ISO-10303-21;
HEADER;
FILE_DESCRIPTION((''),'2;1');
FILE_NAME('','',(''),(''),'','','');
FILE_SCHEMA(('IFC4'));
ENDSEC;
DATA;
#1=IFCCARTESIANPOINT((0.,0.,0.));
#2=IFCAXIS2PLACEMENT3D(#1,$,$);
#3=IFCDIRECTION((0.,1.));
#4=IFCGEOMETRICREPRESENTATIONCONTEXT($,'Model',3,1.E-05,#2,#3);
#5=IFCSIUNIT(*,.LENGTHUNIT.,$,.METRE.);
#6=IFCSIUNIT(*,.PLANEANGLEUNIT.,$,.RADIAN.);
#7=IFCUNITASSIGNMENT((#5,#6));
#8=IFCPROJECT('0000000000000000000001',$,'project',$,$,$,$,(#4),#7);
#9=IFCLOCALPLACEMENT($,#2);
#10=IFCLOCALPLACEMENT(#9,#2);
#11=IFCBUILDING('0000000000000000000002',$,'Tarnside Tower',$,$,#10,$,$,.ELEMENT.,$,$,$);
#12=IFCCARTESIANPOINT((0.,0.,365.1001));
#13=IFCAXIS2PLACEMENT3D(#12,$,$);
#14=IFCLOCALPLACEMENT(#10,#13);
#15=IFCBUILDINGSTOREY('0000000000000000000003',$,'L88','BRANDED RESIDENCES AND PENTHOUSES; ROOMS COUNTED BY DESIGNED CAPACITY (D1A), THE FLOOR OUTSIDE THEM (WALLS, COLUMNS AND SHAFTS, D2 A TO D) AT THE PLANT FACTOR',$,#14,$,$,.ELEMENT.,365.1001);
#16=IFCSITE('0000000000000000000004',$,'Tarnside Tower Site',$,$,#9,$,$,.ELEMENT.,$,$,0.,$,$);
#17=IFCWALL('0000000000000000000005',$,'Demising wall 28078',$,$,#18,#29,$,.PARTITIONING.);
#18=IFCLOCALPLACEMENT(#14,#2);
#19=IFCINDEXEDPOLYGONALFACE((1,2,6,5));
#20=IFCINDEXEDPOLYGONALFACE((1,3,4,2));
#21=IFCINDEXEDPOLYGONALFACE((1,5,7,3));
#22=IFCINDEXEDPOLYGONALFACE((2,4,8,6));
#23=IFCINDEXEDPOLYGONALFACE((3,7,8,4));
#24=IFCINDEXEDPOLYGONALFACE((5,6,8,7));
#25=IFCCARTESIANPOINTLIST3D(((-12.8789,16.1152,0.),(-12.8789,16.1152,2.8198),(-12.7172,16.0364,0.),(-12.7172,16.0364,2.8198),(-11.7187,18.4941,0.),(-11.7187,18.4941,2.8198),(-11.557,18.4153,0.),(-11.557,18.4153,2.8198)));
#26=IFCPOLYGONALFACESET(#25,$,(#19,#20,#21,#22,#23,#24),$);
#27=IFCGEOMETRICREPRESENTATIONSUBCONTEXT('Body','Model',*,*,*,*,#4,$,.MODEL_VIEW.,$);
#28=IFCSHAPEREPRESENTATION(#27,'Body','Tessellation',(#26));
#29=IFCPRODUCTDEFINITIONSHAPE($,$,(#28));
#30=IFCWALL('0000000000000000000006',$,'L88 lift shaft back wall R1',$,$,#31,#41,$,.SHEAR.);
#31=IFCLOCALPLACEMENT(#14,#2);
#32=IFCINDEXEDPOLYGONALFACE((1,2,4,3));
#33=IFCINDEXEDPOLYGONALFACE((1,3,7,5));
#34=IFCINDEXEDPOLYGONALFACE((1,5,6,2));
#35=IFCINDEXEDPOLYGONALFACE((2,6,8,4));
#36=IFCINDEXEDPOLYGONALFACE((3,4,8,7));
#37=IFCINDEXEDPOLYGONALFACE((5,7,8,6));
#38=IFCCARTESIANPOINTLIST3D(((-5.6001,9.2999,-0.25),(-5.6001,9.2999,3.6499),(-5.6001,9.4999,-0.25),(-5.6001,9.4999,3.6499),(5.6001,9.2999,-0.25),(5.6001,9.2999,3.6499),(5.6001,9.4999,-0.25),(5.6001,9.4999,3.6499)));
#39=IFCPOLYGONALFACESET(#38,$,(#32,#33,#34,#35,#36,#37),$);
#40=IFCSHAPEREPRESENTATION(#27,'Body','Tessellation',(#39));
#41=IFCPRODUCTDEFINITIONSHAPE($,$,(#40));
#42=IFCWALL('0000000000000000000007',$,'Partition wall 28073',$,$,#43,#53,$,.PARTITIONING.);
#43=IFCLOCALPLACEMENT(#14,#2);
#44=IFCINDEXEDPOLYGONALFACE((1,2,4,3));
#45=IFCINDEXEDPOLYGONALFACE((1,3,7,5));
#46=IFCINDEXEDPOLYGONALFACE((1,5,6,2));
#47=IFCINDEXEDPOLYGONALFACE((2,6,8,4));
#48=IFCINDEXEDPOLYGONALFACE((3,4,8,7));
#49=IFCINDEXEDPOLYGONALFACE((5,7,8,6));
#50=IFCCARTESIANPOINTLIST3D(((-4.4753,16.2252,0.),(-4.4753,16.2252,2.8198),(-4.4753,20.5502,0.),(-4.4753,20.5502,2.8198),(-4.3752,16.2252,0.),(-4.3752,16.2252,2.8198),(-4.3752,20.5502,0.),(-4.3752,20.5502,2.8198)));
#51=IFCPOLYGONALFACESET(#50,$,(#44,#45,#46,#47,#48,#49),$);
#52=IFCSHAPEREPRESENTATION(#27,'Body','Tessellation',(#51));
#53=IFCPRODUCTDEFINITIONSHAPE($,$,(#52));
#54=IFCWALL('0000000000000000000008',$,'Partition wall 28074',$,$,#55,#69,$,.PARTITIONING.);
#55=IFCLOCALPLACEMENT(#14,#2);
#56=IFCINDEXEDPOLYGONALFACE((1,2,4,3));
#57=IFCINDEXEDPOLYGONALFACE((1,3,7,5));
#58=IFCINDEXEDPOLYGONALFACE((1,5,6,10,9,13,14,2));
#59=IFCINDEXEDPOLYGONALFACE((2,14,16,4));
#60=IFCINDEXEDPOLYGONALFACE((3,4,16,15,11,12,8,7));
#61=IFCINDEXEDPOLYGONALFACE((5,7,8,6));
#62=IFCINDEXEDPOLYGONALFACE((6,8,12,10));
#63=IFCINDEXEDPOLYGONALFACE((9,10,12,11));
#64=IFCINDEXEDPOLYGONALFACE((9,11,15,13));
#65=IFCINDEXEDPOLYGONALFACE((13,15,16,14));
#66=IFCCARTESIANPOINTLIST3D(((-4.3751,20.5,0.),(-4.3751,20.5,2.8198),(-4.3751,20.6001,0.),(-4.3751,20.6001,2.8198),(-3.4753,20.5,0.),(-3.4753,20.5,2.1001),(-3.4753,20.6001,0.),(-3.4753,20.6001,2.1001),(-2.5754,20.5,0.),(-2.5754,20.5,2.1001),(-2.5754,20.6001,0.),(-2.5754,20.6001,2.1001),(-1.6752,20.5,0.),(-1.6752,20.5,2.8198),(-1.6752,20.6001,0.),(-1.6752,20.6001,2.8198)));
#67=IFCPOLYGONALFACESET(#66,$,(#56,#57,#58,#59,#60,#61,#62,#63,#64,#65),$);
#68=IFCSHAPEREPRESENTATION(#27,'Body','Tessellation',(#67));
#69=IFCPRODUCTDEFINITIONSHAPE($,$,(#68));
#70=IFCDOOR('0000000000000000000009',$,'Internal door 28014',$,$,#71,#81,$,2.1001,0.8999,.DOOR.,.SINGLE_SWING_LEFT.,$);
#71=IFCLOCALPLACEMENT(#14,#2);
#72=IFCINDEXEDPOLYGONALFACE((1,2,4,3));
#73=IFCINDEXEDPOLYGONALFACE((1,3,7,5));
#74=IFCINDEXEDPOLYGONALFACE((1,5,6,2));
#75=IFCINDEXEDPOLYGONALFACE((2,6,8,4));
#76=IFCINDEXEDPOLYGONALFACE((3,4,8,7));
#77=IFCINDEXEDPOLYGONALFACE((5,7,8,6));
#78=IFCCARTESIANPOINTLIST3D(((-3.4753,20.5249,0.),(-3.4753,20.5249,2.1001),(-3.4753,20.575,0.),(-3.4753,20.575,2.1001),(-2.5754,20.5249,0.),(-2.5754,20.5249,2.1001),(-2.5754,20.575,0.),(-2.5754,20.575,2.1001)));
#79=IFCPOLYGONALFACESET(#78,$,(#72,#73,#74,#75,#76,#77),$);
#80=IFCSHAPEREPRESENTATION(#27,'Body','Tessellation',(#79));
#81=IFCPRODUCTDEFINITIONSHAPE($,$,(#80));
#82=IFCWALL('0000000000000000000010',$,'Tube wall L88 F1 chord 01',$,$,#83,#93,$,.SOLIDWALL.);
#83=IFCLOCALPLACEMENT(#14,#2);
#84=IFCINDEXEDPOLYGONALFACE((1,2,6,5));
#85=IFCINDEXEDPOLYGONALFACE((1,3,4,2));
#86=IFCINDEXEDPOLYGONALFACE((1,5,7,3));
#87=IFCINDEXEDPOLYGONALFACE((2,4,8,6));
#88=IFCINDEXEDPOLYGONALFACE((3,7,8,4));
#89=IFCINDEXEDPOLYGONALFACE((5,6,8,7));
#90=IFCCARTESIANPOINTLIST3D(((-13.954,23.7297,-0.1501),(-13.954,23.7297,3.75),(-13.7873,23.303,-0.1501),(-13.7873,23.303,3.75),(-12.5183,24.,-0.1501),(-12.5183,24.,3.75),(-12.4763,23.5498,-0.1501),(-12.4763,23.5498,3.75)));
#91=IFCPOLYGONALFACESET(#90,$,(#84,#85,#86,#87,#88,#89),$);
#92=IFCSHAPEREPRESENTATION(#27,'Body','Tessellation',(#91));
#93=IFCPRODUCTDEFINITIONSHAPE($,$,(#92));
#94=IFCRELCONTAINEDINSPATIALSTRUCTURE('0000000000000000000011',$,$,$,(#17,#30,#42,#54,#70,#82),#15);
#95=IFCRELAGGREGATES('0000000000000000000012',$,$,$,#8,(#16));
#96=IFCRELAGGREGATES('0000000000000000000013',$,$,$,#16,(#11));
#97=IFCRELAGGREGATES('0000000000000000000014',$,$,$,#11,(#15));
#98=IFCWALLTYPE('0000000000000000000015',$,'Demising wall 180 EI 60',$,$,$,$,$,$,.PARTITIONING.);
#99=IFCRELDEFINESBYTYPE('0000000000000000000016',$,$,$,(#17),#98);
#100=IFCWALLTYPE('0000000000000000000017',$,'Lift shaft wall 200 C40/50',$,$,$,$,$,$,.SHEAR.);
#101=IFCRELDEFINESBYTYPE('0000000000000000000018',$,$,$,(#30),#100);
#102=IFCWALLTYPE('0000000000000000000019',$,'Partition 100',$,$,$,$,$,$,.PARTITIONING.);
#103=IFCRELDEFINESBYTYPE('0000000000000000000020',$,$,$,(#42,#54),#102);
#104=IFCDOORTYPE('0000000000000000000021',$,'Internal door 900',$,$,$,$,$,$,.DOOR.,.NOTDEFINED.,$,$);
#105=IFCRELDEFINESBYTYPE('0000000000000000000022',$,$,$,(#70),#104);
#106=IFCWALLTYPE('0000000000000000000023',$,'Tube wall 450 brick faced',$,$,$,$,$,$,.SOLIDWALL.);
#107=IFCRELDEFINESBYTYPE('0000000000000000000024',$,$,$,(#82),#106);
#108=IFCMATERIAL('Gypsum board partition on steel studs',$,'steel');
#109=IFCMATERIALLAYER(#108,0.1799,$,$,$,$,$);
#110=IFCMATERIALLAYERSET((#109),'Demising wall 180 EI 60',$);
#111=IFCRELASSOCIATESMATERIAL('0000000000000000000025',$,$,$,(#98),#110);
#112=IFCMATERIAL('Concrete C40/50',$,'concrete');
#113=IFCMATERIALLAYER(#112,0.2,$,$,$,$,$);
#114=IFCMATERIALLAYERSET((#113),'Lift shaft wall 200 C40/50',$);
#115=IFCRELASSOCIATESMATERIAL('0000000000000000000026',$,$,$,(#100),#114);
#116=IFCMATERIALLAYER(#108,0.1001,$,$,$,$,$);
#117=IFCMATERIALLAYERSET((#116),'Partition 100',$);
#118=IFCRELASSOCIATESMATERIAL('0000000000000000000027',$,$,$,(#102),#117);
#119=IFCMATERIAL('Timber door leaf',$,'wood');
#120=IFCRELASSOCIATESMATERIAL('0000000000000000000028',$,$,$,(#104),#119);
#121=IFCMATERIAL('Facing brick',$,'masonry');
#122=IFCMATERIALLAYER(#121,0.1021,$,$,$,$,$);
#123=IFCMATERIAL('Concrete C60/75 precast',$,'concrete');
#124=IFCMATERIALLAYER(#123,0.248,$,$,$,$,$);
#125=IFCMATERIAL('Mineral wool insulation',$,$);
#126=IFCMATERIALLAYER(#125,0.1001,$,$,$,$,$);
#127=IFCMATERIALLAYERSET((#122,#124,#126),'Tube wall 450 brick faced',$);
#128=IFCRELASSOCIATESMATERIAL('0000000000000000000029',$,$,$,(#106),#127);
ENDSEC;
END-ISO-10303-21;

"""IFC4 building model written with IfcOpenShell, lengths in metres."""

from ifc_helpers import new_model, si_unit, direction, frame, frame_2d, origin, place, context, subcontext, project, spatial, polyline, rectangle, outline, extrude, material, layer, layer_set, type_object, element, fill, save


model = new_model("IFC4")

# Units and contexts
model_context = context("Model", 3, precision=1e-05, world=origin(), true_north=direction((0.0, 1.0)))
body_context = subcontext(model_context, "Body", "Model", "MODEL_VIEW")
ifc_project = project(units=[si_unit("LENGTHUNIT", "METRE"), si_unit("PLANEANGLEUNIT", "RADIAN")], contexts=[model_context])

# Site, building, storey
site_placement = place(None, origin())
site = spatial("IfcSite", under=ifc_project, at=site_placement, Name="Tarnside Tower Site", CompositionType="ELEMENT", RefElevation=0.0)
building_placement = place(site_placement, origin())
building = spatial("IfcBuilding", under=site, at=building_placement, Name="Tarnside Tower", CompositionType="ELEMENT")
storey_placement = place(building_placement, frame((0.0, 0.0, 365.1001)))
storey = spatial("IfcBuildingStorey", under=building, at=storey_placement, Name="L88", Description="BRANDED RESIDENCES AND PENTHOUSES; ROOMS COUNTED BY DESIGNED CAPACITY (D1A), THE FLOOR OUTSIDE THEM (WALLS, COLUMNS AND SHAFTS, D2 A TO D) AT THE PLANT FACTOR", CompositionType="ELEMENT", Elevation=365.1001)

# Shared definitions
ifc_material_1 = material(Name="Gypsum board partition on steel studs", Category="steel")

# Shared definitions
ifc_material_2 = material(Name="Timber door leaf", Category="wood")

# Walls
ifc_layer_1 = layer(ifc_material_1, 0.1799)
ifc_layer_set_1 = layer_set([ifc_layer_1], Name="Demising wall 180 EI 60")
wall_type_1 = type_object("IfcWallType", Name="Demising wall 180 EI 60", PredefinedType="PARTITIONING", material=ifc_layer_set_1)
wall_1_placement = place(storey_placement, frame((-11.6379, 18.4546, 0.0), z_axis=(0.0, 0.0, 1.0), x_axis=(-0.438336, -0.898811, 0.0)))
element("IfcWall", 1, at=wall_1_placement, inside=storey, type_object=wall_type_1, Name="Demising wall 28078", PredefinedType="PARTITIONING", context=body_context, shape_type="SweptSolid", body=[
    extrude(rectangle(XDim=2.6467, YDim=0.1799, at=frame_2d((1.3232, 0.0))), origin(), (0.0, 0.0, 1.0), 2.8198),
])
ifc_material_3 = material(Name="Concrete C40/50", Category="concrete")
ifc_layer_2 = layer(ifc_material_3, 0.2)
ifc_layer_set_2 = layer_set([ifc_layer_2], Name="Lift shaft wall 200 C40/50")
wall_type_2 = type_object("IfcWallType", Name="Lift shaft wall 200 C40/50", PredefinedType="SHEAR", material=ifc_layer_set_2)
wall_2_placement = place(storey_placement, frame((-5.6001, 9.3999, -0.25), z_axis=(0.0, 0.0, 1.0), x_axis=(1.0, 0.0, 0.0)))
element("IfcWall", 2, at=wall_2_placement, inside=storey, type_object=wall_type_2, Name="L88 lift shaft back wall R1", PredefinedType="SHEAR", context=body_context, shape_type="SweptSolid", body=[
    extrude(rectangle(XDim=11.2002, YDim=0.2, at=frame_2d((5.6001, 0.0))), origin(), (0.0, 0.0, 1.0), 3.8999),
])
ifc_layer_3 = layer(ifc_material_1, 0.1001)
ifc_layer_set_3 = layer_set([ifc_layer_3], Name="Partition 100")
wall_type_3 = type_object("IfcWallType", Name="Partition 100", PredefinedType="PARTITIONING", material=ifc_layer_set_3)
wall_3_placement = place(storey_placement, frame((-4.4253, 16.2251, 0.0), z_axis=(0.0, 0.0, 1.0), x_axis=(0.0, 1.0, 0.0)))
element("IfcWall", 3, at=wall_3_placement, inside=storey, type_object=wall_type_3, Name="Partition wall 28073", PredefinedType="PARTITIONING", context=body_context, shape_type="SweptSolid", body=[
    extrude(rectangle(XDim=4.325, YDim=0.1001, at=frame_2d((2.1626, 0.0))), origin(), (0.0, 0.0, 1.0), 2.8198),
])

# Wall, opening, door
wall_4_placement = place(storey_placement, frame((-4.3752, 20.55, 0.0), z_axis=(0.0, 0.0, 1.0), x_axis=(1.0, 0.0, 0.0)))
wall_4 = element("IfcWall", 4, at=wall_4_placement, inside=storey, type_object=wall_type_3, Name="Partition wall 28074", PredefinedType="PARTITIONING", context=body_context, shape_type="SweptSolid", body=[
    extrude(rectangle(XDim=2.7, YDim=0.1001, at=frame_2d((1.3501, 0.0))), origin(), (0.0, 0.0, 1.0), 2.8198),
])
opening_1_placement = place(wall_4_placement, frame((0.8999, 0.0, 0.0)))
opening_1 = element("IfcOpeningElement", 5, at=opening_1_placement, cuts=wall_4, PredefinedType="OPENING", context=body_context, shape_type="SweptSolid", body=[
    extrude(rectangle(XDim=0.8999, YDim=2.1001, at=frame_2d((0.45, 1.05))), frame((0.0, 0.0601, 0.0), z_axis=(0.0, -1.0, 0.0), x_axis=(1.0, 0.0, 0.0)), (0.0, 0.0, 1.0), 0.1201),
])
door_type_1 = type_object("IfcDoorType", Name="Internal door 900", OperationType="NOTDEFINED", PredefinedType="DOOR", material=ifc_material_2)
door_1_placement = place(opening_1_placement, origin())
door_1 = element("IfcDoor", 6, at=door_1_placement, inside=storey, type_object=door_type_1, Name="Internal door 28014", OperationType="SINGLE_SWING_LEFT", OverallHeight=2.1001, OverallWidth=0.8999, PredefinedType="DOOR", context=body_context, shape_type="SweptSolid", body=[
    extrude(rectangle(XDim=0.8999, YDim=2.1001, at=frame_2d((0.45, 1.05))), frame((0.0, 0.0249, 0.0), z_axis=(0.0, -1.0, 0.0), x_axis=(1.0, 0.0, 0.0)), (0.0, 0.0, 1.0), 0.05),
])
fill(opening_1, door_1)

# Wall
ifc_material_4 = material(Name="Facing brick", Category="masonry")
ifc_layer_4 = layer(ifc_material_4, 0.1021)
ifc_material_5 = material(Name="Concrete C60/75 precast", Category="concrete")
ifc_layer_5 = layer(ifc_material_5, 0.248)
ifc_material_6 = material(Name="Mineral wool insulation")
ifc_layer_6 = layer(ifc_material_6, 0.1001)
ifc_layer_set_4 = layer_set([ifc_layer_4, ifc_layer_5, ifc_layer_6], Name="Tube wall 450 brick faced")
wall_type_4 = type_object("IfcWallType", Name="Tube wall 450 brick faced", PredefinedType="SOLIDWALL", material=ifc_layer_set_4)
wall_5_placement = place(storey_placement, frame((-12.4973, 23.7749, -0.1501), z_axis=(0.0, 0.0, 1.0), x_axis=(-0.982735, -0.185016, 0.0)))
element("IfcWall", 7, at=wall_5_placement, inside=storey, type_object=wall_type_4, Name="Tube wall L88 F1 chord 01", PredefinedType="SOLIDWALL", context=body_context, shape_type="SweptSolid", body=[
    extrude(outline(polyline([(-0.021, -0.2251), (1.4399, -0.2251), (1.355, 0.2251), (0.021, 0.2251), (-0.021, -0.2251)])), origin(), (0.0, 0.0, 1.0), 3.9001),
])

save(model, "model.ifc")
